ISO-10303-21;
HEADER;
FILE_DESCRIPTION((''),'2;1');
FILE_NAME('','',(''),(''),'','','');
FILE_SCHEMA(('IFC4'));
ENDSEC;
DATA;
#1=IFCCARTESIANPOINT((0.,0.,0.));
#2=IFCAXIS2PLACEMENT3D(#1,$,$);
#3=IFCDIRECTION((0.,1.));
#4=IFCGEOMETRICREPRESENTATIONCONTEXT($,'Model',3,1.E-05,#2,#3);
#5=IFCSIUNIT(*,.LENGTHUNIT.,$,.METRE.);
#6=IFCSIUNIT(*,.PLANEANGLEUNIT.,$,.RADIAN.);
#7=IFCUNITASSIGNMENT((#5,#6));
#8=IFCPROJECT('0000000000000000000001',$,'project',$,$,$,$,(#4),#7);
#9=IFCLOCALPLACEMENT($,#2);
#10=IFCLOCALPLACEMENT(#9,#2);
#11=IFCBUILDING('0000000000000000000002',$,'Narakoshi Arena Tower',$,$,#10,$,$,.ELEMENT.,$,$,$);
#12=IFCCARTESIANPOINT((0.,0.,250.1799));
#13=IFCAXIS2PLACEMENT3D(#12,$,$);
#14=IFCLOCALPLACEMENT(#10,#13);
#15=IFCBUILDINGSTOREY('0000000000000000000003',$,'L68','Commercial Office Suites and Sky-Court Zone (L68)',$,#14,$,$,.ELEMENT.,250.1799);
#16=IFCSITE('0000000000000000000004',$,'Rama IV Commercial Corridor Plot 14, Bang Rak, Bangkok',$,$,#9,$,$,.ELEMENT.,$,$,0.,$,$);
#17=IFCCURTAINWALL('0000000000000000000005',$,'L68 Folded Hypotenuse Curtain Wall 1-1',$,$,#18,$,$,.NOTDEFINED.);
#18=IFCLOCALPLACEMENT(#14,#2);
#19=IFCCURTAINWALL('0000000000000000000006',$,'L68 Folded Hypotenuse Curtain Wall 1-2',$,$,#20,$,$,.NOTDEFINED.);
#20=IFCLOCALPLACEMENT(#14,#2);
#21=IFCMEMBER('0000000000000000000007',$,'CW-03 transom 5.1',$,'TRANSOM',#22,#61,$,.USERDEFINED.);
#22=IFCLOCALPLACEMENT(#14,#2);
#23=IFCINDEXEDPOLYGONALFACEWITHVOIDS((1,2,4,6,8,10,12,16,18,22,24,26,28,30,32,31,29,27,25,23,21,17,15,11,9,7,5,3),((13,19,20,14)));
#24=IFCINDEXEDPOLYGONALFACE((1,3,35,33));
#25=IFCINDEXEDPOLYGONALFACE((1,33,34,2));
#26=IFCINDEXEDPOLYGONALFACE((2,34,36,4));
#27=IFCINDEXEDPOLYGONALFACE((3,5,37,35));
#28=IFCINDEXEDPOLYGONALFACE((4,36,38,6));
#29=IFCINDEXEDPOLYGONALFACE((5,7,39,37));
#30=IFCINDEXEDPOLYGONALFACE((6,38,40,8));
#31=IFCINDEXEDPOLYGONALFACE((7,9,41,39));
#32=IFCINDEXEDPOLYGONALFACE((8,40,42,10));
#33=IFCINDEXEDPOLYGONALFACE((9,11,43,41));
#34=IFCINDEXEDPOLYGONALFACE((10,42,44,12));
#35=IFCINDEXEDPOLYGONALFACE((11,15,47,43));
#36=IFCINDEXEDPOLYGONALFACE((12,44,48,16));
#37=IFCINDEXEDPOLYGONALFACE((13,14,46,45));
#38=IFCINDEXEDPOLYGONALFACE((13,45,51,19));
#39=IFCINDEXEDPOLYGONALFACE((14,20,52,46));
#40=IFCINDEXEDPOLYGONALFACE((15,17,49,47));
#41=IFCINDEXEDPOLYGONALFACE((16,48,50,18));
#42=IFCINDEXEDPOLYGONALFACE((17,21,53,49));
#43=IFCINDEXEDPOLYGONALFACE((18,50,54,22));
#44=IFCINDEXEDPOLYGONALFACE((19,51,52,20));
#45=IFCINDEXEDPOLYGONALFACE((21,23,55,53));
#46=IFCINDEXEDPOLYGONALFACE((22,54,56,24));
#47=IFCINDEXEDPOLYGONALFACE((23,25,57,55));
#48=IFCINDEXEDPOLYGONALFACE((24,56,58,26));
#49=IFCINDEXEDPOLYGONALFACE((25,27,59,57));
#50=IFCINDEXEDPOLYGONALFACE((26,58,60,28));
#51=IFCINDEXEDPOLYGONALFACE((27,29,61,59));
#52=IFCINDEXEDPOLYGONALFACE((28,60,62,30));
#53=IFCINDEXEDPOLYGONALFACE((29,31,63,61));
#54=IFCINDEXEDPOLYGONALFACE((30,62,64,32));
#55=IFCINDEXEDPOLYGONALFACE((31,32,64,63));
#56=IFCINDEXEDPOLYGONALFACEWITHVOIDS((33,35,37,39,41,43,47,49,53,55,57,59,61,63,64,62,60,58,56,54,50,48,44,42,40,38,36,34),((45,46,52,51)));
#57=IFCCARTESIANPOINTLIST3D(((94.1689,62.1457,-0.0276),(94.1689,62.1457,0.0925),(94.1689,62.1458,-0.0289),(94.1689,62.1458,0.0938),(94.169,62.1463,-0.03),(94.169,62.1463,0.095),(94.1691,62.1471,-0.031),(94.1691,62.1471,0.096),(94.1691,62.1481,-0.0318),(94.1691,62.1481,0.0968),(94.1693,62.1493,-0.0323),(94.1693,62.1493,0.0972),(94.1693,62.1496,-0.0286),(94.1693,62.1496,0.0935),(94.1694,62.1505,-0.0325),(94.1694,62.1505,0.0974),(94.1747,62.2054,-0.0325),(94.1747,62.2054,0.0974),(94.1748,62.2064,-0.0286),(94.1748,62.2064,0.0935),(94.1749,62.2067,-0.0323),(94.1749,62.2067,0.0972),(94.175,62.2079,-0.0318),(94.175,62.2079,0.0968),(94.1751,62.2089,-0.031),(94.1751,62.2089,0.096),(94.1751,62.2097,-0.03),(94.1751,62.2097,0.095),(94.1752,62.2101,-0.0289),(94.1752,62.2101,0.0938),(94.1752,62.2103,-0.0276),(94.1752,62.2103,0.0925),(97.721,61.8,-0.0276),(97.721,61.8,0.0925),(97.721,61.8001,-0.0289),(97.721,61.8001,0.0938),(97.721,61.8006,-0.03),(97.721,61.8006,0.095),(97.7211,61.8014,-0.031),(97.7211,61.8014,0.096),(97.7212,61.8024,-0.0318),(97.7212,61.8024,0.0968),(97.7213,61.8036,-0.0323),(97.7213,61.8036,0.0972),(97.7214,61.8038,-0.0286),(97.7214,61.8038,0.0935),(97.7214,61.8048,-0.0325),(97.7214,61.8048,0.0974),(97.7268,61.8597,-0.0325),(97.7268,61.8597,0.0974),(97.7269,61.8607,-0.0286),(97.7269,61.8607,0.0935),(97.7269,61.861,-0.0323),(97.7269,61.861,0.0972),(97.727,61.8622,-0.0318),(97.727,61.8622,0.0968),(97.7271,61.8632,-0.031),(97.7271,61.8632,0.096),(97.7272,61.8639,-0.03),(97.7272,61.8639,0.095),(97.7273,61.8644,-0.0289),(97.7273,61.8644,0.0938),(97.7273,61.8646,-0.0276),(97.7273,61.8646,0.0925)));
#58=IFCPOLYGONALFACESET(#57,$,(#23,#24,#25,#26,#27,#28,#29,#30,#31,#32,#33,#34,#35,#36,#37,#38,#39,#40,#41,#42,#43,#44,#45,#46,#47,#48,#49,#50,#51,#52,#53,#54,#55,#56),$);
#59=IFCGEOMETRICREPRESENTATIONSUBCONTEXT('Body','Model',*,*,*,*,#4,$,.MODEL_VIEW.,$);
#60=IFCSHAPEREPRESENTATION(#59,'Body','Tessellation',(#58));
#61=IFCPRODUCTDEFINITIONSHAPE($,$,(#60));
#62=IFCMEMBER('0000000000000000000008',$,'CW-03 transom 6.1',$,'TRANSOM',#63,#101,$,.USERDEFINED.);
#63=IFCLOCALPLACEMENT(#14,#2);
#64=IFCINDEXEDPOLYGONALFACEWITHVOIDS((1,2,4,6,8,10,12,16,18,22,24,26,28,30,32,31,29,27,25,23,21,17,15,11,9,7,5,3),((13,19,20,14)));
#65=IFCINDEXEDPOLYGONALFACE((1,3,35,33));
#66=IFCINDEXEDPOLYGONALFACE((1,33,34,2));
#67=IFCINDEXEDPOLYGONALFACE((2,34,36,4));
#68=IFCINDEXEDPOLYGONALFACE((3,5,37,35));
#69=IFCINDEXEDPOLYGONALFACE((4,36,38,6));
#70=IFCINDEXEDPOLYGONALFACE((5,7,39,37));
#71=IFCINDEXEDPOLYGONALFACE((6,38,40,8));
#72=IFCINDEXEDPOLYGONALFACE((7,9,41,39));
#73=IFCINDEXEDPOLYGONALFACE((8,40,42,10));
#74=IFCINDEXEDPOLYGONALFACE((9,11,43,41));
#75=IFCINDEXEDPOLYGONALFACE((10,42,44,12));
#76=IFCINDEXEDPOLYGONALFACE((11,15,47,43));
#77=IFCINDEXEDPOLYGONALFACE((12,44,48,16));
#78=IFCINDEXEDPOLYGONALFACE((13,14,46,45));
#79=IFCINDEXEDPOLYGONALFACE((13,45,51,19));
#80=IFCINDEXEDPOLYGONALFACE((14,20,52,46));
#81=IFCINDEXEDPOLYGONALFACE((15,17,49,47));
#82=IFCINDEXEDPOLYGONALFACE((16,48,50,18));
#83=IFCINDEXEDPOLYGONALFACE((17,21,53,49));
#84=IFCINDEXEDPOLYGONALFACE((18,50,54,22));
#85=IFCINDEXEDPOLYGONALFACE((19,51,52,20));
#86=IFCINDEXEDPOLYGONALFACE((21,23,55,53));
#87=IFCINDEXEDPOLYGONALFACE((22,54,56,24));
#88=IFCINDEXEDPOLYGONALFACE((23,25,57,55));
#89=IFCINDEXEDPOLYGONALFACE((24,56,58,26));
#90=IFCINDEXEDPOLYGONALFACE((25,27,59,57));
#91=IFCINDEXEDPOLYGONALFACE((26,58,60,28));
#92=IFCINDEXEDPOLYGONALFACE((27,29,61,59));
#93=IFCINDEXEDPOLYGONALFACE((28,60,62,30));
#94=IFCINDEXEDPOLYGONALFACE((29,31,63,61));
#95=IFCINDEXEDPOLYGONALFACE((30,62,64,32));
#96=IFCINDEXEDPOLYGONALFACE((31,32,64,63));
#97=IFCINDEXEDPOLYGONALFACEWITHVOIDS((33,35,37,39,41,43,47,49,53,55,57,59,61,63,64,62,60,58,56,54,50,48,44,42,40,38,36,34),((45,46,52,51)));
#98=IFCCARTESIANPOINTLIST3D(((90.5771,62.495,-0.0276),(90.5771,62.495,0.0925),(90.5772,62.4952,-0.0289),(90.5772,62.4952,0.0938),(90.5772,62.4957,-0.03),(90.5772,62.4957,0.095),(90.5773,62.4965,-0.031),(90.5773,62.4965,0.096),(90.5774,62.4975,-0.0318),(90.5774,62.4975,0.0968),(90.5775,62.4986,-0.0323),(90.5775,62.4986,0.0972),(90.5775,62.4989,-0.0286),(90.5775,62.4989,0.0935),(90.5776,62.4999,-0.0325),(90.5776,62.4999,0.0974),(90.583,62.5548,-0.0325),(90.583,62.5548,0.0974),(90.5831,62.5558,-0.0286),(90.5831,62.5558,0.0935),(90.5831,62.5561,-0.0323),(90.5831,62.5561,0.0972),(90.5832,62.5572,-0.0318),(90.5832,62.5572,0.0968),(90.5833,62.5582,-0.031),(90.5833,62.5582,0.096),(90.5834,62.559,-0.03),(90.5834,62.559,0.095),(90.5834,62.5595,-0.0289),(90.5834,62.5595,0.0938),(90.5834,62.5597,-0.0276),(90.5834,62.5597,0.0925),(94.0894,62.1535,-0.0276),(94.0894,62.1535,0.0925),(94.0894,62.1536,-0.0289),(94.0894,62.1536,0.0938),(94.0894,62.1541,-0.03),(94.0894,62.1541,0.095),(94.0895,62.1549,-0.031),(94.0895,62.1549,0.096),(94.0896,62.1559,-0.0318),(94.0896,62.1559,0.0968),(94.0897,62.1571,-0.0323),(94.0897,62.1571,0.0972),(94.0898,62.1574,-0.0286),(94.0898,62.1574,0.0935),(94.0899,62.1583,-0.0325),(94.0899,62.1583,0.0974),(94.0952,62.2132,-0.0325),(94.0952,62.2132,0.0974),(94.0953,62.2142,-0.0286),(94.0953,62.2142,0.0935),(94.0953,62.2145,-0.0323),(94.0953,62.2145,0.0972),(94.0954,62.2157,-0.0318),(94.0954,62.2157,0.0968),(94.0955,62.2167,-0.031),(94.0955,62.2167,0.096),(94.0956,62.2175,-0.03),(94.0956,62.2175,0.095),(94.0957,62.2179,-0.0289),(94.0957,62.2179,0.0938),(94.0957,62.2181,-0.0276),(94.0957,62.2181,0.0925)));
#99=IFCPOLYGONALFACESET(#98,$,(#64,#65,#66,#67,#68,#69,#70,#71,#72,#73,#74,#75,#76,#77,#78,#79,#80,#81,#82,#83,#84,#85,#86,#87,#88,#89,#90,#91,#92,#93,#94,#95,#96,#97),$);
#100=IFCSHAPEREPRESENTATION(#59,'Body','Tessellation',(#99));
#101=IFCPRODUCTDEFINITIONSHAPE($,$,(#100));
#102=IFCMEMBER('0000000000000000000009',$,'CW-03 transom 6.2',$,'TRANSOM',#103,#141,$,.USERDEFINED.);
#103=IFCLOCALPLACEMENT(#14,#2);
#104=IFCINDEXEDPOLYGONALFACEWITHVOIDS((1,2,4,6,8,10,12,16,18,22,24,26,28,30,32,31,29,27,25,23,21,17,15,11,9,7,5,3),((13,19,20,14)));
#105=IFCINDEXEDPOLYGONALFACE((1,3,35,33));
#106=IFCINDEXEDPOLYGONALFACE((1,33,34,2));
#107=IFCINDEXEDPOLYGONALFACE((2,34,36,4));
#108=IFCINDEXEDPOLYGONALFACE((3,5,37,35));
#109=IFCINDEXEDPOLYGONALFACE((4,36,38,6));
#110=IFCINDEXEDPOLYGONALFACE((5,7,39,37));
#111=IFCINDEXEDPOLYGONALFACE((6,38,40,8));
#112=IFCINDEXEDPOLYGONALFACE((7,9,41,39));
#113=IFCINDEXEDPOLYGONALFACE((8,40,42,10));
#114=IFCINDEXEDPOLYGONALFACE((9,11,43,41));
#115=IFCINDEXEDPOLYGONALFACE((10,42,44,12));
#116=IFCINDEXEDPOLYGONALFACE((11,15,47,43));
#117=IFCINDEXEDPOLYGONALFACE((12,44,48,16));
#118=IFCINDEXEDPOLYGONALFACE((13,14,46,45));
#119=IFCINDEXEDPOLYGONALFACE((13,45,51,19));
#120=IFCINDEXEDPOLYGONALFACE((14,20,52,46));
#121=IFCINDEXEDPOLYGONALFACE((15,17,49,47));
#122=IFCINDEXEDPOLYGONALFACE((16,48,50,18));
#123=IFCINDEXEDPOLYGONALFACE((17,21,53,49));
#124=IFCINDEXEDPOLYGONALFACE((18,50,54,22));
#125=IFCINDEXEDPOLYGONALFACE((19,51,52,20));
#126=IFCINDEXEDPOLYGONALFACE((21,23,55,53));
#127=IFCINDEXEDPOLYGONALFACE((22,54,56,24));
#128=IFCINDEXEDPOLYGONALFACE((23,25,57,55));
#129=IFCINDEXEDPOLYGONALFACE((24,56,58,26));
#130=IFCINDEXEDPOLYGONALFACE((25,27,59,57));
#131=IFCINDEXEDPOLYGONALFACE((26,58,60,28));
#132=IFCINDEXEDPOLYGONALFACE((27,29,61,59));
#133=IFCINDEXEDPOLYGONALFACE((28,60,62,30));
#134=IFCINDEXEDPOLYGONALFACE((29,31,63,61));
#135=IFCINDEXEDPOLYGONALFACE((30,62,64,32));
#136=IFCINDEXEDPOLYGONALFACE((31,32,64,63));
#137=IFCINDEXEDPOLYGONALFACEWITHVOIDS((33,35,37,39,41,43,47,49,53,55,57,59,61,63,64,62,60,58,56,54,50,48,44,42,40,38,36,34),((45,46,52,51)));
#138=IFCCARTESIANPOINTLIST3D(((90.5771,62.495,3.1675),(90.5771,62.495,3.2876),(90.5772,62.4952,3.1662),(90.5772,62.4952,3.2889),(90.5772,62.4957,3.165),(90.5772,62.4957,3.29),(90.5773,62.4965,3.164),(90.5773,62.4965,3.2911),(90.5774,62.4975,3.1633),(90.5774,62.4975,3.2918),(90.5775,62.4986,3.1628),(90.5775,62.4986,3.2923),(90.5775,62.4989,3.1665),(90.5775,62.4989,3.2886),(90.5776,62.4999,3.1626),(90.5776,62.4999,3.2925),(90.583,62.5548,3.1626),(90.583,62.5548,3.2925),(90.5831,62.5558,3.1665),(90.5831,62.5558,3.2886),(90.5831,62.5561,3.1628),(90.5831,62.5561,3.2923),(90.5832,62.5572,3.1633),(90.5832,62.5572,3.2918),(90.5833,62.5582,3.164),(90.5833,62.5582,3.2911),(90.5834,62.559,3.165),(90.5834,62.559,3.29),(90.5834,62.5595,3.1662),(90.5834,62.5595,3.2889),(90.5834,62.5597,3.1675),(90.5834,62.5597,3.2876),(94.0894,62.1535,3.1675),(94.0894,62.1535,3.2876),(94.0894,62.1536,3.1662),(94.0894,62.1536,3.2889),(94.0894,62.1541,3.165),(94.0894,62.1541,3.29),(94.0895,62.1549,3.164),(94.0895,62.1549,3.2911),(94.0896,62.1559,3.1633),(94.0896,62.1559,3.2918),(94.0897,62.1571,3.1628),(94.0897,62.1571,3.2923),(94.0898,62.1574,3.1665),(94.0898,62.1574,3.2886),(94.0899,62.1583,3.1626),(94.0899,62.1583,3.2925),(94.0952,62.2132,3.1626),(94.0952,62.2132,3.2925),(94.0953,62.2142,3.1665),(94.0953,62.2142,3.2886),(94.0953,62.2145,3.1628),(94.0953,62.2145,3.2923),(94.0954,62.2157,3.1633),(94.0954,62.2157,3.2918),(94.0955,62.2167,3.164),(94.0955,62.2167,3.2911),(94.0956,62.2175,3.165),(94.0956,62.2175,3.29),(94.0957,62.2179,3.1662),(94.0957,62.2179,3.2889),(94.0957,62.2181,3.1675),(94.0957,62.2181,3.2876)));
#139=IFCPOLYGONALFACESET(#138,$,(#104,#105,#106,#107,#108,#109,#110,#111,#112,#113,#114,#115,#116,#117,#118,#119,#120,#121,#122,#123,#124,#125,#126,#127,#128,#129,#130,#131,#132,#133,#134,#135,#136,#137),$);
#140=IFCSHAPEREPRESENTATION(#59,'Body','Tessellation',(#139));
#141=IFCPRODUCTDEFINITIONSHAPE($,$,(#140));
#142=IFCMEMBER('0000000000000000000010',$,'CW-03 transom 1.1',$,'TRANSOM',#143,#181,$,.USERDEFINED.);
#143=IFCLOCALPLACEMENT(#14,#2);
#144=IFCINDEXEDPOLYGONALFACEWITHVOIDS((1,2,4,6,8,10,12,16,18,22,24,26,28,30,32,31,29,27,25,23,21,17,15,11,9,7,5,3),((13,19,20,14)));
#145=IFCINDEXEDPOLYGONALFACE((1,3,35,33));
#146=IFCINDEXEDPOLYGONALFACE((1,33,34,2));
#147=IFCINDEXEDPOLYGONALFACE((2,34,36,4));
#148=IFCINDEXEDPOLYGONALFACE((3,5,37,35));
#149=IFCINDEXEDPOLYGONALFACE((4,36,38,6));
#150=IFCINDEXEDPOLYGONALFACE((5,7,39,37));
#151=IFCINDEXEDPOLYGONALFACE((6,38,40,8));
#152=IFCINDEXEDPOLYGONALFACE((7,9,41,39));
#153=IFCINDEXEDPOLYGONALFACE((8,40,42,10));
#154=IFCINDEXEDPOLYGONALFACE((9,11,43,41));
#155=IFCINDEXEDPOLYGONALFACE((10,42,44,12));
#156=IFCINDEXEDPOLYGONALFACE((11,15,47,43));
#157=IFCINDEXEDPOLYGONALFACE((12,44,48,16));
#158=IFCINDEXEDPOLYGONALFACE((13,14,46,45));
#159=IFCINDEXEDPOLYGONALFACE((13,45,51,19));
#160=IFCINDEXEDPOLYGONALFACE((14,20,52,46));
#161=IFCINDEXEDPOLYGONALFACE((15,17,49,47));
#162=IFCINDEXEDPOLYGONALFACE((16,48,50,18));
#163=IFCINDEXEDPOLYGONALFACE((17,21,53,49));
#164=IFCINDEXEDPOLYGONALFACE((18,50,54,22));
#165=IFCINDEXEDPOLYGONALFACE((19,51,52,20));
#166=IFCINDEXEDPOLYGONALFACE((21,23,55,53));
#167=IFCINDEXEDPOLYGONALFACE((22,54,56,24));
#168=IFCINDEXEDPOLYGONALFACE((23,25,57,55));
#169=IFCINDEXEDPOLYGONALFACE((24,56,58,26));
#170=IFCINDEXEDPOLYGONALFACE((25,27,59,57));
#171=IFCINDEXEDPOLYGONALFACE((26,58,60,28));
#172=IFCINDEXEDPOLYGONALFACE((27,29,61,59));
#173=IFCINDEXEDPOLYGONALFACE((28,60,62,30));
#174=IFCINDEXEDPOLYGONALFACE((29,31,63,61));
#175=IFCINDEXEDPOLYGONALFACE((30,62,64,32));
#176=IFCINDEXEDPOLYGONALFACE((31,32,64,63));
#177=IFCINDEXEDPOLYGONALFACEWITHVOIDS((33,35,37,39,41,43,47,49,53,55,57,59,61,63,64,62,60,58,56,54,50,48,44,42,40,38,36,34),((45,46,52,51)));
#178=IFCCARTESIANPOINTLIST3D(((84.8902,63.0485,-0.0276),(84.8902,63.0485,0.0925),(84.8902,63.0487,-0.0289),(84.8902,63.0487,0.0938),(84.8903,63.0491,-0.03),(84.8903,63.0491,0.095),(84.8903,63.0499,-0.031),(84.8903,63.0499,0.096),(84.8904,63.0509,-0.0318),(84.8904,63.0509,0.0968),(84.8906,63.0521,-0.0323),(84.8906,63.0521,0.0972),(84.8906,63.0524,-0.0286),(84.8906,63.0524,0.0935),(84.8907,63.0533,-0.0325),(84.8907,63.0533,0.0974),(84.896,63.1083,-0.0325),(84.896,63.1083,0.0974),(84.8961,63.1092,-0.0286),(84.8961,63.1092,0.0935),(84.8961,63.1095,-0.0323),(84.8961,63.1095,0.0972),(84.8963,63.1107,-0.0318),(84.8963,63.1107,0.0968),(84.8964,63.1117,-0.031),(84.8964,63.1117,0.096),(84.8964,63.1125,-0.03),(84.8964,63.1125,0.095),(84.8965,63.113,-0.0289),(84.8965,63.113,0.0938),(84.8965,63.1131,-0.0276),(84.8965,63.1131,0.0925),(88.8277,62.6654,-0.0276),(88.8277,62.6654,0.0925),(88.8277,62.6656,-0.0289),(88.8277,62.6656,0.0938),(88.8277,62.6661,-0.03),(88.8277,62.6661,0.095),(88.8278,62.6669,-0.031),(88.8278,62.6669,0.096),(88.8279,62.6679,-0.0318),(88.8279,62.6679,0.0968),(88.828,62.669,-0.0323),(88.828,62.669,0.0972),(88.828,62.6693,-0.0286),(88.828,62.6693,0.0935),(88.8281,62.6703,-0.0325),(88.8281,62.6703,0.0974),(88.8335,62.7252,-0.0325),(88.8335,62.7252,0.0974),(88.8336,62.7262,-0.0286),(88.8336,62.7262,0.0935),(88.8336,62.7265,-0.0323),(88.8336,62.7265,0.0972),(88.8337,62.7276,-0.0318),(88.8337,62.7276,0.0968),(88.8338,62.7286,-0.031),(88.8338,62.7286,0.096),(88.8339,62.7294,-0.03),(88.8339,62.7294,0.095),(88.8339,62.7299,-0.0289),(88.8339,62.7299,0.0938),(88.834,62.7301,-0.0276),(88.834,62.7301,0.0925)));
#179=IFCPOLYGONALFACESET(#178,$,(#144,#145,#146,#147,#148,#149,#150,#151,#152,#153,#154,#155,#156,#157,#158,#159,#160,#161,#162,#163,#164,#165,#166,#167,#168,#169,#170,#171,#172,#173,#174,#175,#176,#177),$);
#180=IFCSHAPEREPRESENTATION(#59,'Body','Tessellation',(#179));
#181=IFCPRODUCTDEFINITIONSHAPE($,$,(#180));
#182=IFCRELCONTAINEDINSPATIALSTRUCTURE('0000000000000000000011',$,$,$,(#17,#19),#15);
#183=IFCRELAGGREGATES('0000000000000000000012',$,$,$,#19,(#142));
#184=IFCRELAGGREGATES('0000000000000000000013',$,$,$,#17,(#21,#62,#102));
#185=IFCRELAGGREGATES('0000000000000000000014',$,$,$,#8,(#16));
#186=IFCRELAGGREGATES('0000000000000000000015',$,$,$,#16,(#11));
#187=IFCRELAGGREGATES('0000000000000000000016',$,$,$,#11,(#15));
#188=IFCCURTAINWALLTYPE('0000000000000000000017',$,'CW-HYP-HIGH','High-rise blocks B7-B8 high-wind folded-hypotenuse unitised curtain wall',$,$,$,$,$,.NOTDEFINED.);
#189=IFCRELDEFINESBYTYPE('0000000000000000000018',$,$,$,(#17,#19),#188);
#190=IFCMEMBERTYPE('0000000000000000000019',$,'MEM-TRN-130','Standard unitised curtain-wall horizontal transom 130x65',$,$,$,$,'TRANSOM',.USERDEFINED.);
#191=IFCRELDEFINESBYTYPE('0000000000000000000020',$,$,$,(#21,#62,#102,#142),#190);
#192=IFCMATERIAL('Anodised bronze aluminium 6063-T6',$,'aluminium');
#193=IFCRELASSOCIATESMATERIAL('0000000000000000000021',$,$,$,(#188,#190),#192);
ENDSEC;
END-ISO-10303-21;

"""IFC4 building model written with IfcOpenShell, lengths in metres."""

from ifc_helpers import new_model, si_unit, direction, frame, origin, origin_2d, place, context, subcontext, project, spatial, hollow_rectangle, extrude, material, material_profile, profile_set, type_object, element, aggregate, save


model = new_model("IFC4")

# Units and contexts
model_context = context("Model", 3, precision=1e-05, world=origin(), true_north=direction((0.0, 1.0)))
body_context = subcontext(model_context, "Body", "Model", "MODEL_VIEW")
ifc_project = project(units=[si_unit("LENGTHUNIT", "METRE"), si_unit("PLANEANGLEUNIT", "RADIAN")], contexts=[model_context])

# Site, building, storey
site_placement = place(None, origin())
site = spatial("IfcSite", under=ifc_project, at=site_placement, Name="Rama IV Commercial Corridor Plot 14, Bang Rak, Bangkok", CompositionType="ELEMENT", RefElevation=0.0)
building_placement = place(site_placement, origin())
building = spatial("IfcBuilding", under=site, at=building_placement, Name="Narakoshi Arena Tower", CompositionType="ELEMENT")
storey_placement = place(building_placement, frame((0.0, 0.0, 250.1799)))
storey = spatial("IfcBuildingStorey", under=building, at=storey_placement, Name="L68", Description="Commercial Office Suites and Sky-Court Zone (L68)", CompositionType="ELEMENT", Elevation=250.1799)

# Curtain wall
ifc_material_1 = material(Name="Anodised bronze aluminium 6063-T6", Category="aluminium")
curtain_wall_type = type_object("IfcCurtainWallType", Name="CW-HYP-HIGH", Description="High-rise blocks B7-B8 high-wind folded-hypotenuse unitised curtain wall", PredefinedType="NOTDEFINED", material=ifc_material_1)
curtain_wall_1_placement = place(storey_placement, origin())
curtain_wall_1 = element("IfcCurtainWall", 1, at=curtain_wall_1_placement, inside=storey, type_object=curtain_wall_type, Name="L68 Folded Hypotenuse Curtain Wall 1-1", PredefinedType="NOTDEFINED")

# Curtain wall
curtain_wall_2_placement = place(storey_placement, origin())
curtain_wall_2 = element("IfcCurtainWall", 2, at=curtain_wall_2_placement, inside=storey, type_object=curtain_wall_type, Name="L68 Folded Hypotenuse Curtain Wall 1-2", PredefinedType="NOTDEFINED")

# Members
ifc_material_profile_1 = material_profile(ifc_material_1, hollow_rectangle(XDim=0.0649, YDim=0.1299, WallThickness=0.0039, OuterFilletRadius=0.0049, at=origin_2d()), Name="TRN130x65x4")
ifc_profile_set_1 = profile_set([ifc_material_profile_1], Name="Anodised bronze aluminium 6063-T6")
member_type_1 = type_object("IfcMemberType", Name="MEM-TRN-130", Description="Standard unitised curtain-wall horizontal transom 130x65", ElementType="TRANSOM", PredefinedType="USERDEFINED", material=ifc_profile_set_1)
member_1_placement = place(storey_placement, frame((97.7241, 61.8323, 0.0325), z_axis=(-0.995297, 0.096869, 0.0), x_axis=(-0.096869, -0.995297, 0.0)))
member_1 = element("IfcMember", 3, at=member_1_placement, type_object=member_type_1, Name="CW-03 transom 5.1", ObjectType="TRANSOM", PredefinedType="USERDEFINED", context=body_context, shape_type="SweptSolid", body=[
    extrude(hollow_rectangle(XDim=0.0649, YDim=0.1299, WallThickness=0.0039, OuterFilletRadius=0.0049, at=origin_2d()), origin(), (0.0, 0.0, 1.0), 3.5688),
])
member_2_placement = place(storey_placement, frame((94.0925, 62.1858, 0.0325), z_axis=(-0.995305, 0.096791, 0.0), x_axis=(-0.096791, -0.995305, 0.0)))
member_2 = element("IfcMember", 4, at=member_2_placement, type_object=member_type_1, Name="CW-03 transom 6.1", ObjectType="TRANSOM", PredefinedType="USERDEFINED", context=body_context, shape_type="SweptSolid", body=[
    extrude(hollow_rectangle(XDim=0.0649, YDim=0.1299, WallThickness=0.0039, OuterFilletRadius=0.0049, at=origin_2d()), origin(), (0.0, 0.0, 1.0), 3.5288),
])
member_3_placement = place(storey_placement, frame((94.0925, 62.1858, 3.2275), z_axis=(-0.995305, 0.096791, 0.0), x_axis=(-0.096791, -0.995305, 0.0)))
member_3 = element("IfcMember", 5, at=member_3_placement, type_object=member_type_1, Name="CW-03 transom 6.2", ObjectType="TRANSOM", PredefinedType="USERDEFINED", context=body_context, shape_type="SweptSolid", body=[
    extrude(hollow_rectangle(XDim=0.0649, YDim=0.1299, WallThickness=0.0039, OuterFilletRadius=0.0049, at=origin_2d()), origin(), (0.0, 0.0, 1.0), 3.5288),
])
member_4_placement = place(storey_placement, frame((88.8308, 62.6978, 0.0325), z_axis=(-0.995301, 0.096827, 0.0), x_axis=(-0.096827, -0.995301, 0.0)))
member_4 = element("IfcMember", 6, at=member_4_placement, type_object=member_type_1, Name="CW-03 transom 1.1", ObjectType="TRANSOM", PredefinedType="USERDEFINED", context=body_context, shape_type="SweptSolid", body=[
    extrude(hollow_rectangle(XDim=0.0649, YDim=0.1299, WallThickness=0.0039, OuterFilletRadius=0.0049, at=origin_2d()), origin(), (0.0, 0.0, 1.0), 3.9561),
])
aggregate(curtain_wall_2, [member_4])

aggregate(curtain_wall_1, [member_1, member_2, member_3])

save(model, "model.ifc")
